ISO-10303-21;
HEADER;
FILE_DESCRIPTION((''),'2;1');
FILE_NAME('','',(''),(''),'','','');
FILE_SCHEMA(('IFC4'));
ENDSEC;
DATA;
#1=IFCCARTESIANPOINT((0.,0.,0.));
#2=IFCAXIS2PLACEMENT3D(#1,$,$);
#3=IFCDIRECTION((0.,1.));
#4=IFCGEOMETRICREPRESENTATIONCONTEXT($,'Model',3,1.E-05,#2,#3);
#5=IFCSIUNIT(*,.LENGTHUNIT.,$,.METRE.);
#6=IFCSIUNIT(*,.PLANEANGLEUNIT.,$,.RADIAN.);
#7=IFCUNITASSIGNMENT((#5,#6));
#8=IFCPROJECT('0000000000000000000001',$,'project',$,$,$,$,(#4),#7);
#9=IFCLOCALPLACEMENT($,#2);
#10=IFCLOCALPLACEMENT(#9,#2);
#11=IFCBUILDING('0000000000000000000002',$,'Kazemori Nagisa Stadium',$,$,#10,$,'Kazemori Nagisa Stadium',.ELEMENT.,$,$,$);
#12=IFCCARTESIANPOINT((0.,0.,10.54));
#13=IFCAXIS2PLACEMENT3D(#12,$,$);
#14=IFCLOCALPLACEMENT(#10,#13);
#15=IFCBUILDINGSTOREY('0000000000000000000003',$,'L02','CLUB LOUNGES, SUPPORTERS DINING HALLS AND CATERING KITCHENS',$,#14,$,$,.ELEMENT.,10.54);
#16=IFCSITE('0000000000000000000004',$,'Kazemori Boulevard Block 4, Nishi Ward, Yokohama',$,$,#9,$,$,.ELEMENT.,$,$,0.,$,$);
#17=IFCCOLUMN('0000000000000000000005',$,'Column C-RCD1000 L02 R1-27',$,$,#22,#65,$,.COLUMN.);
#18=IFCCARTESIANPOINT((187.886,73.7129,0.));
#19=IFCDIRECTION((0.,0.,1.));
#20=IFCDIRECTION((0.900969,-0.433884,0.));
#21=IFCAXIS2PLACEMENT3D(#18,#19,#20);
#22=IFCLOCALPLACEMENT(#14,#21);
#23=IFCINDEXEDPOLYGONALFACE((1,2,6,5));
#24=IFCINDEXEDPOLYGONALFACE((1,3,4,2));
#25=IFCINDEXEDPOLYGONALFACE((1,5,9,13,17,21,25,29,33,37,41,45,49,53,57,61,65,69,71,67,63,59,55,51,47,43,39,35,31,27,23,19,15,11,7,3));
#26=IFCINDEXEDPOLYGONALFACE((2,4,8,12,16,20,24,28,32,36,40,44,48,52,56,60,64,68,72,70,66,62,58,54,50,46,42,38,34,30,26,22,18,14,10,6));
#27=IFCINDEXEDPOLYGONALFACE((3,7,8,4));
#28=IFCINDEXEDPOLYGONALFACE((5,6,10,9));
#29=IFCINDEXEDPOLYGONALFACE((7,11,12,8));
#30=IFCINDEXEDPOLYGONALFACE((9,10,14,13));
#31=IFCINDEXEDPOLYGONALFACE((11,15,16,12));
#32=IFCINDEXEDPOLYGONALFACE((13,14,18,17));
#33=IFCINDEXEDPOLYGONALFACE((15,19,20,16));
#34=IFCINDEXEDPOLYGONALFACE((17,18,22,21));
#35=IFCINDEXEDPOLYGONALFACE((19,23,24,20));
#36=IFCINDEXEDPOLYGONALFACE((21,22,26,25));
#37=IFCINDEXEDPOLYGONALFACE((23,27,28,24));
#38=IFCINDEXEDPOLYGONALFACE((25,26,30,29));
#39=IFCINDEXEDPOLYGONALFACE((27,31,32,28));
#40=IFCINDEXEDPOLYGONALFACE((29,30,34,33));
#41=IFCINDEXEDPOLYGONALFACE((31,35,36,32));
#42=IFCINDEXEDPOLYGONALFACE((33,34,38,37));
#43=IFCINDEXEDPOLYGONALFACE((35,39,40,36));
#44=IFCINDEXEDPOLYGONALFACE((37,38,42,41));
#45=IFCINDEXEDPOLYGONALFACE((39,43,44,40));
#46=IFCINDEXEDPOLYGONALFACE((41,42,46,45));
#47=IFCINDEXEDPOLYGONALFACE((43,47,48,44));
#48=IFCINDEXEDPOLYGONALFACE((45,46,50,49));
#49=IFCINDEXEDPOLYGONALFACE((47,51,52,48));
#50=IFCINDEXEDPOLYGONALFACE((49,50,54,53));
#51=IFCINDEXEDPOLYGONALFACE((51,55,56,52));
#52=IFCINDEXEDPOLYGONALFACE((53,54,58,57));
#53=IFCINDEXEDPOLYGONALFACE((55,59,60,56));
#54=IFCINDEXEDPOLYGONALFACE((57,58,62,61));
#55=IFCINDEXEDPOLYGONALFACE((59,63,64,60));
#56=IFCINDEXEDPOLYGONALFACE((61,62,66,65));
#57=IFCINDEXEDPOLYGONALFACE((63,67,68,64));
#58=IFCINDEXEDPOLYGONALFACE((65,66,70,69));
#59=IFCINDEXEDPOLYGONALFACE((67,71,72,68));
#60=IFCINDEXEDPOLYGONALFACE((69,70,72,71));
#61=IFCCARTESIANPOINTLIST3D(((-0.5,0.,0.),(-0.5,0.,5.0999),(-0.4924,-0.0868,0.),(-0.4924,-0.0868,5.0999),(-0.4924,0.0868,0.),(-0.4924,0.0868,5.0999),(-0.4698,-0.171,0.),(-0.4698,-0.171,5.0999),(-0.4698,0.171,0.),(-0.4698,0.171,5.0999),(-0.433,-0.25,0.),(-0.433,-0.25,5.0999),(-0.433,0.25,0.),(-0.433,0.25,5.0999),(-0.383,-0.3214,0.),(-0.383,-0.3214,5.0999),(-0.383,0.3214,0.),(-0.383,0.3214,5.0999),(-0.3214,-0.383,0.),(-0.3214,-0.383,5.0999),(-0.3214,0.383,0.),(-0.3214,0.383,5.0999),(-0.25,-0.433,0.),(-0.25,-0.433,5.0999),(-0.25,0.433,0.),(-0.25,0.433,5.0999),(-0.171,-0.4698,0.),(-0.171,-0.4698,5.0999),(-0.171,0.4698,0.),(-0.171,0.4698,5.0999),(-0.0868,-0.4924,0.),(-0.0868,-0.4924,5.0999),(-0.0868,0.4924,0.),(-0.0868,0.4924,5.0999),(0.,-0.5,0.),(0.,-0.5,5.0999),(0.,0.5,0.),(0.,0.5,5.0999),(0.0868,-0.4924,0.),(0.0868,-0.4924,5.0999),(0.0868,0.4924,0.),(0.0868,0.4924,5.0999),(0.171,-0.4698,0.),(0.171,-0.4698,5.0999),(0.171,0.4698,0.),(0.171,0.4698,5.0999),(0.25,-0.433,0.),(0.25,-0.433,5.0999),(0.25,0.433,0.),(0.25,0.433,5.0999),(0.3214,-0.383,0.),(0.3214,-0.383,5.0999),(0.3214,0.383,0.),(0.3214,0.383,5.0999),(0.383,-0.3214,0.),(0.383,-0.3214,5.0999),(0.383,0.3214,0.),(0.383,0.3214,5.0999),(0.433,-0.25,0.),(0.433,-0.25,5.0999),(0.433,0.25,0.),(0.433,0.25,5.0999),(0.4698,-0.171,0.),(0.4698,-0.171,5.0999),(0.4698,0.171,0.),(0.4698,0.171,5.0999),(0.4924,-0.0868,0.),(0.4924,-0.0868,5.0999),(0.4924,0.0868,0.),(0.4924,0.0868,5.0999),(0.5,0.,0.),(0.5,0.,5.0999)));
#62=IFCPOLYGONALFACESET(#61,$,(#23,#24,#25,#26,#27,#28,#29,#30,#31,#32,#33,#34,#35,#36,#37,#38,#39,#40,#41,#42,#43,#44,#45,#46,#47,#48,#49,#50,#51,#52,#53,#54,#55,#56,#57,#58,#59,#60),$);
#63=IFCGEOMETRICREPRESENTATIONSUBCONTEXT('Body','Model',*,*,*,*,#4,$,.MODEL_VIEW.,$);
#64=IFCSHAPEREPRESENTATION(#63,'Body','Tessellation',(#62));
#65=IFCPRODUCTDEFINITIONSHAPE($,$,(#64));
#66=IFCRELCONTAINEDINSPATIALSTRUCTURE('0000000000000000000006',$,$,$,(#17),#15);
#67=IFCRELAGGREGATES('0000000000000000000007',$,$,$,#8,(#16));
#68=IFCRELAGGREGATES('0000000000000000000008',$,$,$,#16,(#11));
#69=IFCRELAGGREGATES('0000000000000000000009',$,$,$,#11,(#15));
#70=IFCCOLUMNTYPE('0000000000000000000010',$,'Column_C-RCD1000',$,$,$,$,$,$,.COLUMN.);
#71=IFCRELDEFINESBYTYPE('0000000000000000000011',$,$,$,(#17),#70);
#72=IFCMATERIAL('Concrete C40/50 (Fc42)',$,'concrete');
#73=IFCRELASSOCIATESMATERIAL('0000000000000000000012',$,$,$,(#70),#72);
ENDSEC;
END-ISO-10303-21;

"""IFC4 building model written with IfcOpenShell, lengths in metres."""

from ifc_helpers import new_model, si_unit, direction, frame, origin, origin_2d, place, context, subcontext, project, spatial, circle, extrude, material, material_profile, profile_set, type_object, element, save


model = new_model("IFC4")

# Units and contexts
model_context = context("Model", 3, precision=1e-05, world=origin(), true_north=direction((0.0, 1.0)))
body_context = subcontext(model_context, "Body", "Model", "MODEL_VIEW")
ifc_project = project(units=[si_unit("LENGTHUNIT", "METRE"), si_unit("PLANEANGLEUNIT", "RADIAN")], contexts=[model_context])

# Site, building, storey
site_placement = place(None, origin())
site = spatial("IfcSite", under=ifc_project, at=site_placement, Name="Kazemori Boulevard Block 4, Nishi Ward, Yokohama", CompositionType="ELEMENT", RefElevation=0.0)
building_placement = place(site_placement, origin())
building = spatial("IfcBuilding", under=site, at=building_placement, Name="Kazemori Nagisa Stadium", LongName="Kazemori Nagisa Stadium", CompositionType="ELEMENT")
storey_placement = place(building_placement, frame((0.0, 0.0, 10.54)))
storey = spatial("IfcBuildingStorey", under=building, at=storey_placement, Name="L02", Description="CLUB LOUNGES, SUPPORTERS DINING HALLS AND CATERING KITCHENS", CompositionType="ELEMENT", Elevation=10.54)

# Column
ifc_material_1 = material(Name="Concrete C40/50 (Fc42)", Category="concrete")
ifc_material_profile_1 = material_profile(ifc_material_1, circle(Radius=0.5, at=origin_2d()), Name="RC-COL-D1000")
ifc_profile_set_1 = profile_set([ifc_material_profile_1], Name="Concrete C40/50 (Fc42)")
column_type_1 = type_object("IfcColumnType", Name="Column_C-RCD1000", PredefinedType="COLUMN", material=ifc_profile_set_1)
column_1_placement = place(storey_placement, frame((187.886, 73.7129, 0.0), z_axis=(0.0, 0.0, 1.0), x_axis=(0.900969, -0.433884, 0.0)))
element("IfcColumn", 1, at=column_1_placement, inside=storey, type_object=column_type_1, Name="Column C-RCD1000 L02 R1-27", PredefinedType="COLUMN", context=body_context, shape_type="SweptSolid", body=[
    extrude(circle(Radius=0.5, at=origin_2d()), origin(), (0.0, 0.0, 1.0), 5.0999),
])

save(model, "model.ifc")
